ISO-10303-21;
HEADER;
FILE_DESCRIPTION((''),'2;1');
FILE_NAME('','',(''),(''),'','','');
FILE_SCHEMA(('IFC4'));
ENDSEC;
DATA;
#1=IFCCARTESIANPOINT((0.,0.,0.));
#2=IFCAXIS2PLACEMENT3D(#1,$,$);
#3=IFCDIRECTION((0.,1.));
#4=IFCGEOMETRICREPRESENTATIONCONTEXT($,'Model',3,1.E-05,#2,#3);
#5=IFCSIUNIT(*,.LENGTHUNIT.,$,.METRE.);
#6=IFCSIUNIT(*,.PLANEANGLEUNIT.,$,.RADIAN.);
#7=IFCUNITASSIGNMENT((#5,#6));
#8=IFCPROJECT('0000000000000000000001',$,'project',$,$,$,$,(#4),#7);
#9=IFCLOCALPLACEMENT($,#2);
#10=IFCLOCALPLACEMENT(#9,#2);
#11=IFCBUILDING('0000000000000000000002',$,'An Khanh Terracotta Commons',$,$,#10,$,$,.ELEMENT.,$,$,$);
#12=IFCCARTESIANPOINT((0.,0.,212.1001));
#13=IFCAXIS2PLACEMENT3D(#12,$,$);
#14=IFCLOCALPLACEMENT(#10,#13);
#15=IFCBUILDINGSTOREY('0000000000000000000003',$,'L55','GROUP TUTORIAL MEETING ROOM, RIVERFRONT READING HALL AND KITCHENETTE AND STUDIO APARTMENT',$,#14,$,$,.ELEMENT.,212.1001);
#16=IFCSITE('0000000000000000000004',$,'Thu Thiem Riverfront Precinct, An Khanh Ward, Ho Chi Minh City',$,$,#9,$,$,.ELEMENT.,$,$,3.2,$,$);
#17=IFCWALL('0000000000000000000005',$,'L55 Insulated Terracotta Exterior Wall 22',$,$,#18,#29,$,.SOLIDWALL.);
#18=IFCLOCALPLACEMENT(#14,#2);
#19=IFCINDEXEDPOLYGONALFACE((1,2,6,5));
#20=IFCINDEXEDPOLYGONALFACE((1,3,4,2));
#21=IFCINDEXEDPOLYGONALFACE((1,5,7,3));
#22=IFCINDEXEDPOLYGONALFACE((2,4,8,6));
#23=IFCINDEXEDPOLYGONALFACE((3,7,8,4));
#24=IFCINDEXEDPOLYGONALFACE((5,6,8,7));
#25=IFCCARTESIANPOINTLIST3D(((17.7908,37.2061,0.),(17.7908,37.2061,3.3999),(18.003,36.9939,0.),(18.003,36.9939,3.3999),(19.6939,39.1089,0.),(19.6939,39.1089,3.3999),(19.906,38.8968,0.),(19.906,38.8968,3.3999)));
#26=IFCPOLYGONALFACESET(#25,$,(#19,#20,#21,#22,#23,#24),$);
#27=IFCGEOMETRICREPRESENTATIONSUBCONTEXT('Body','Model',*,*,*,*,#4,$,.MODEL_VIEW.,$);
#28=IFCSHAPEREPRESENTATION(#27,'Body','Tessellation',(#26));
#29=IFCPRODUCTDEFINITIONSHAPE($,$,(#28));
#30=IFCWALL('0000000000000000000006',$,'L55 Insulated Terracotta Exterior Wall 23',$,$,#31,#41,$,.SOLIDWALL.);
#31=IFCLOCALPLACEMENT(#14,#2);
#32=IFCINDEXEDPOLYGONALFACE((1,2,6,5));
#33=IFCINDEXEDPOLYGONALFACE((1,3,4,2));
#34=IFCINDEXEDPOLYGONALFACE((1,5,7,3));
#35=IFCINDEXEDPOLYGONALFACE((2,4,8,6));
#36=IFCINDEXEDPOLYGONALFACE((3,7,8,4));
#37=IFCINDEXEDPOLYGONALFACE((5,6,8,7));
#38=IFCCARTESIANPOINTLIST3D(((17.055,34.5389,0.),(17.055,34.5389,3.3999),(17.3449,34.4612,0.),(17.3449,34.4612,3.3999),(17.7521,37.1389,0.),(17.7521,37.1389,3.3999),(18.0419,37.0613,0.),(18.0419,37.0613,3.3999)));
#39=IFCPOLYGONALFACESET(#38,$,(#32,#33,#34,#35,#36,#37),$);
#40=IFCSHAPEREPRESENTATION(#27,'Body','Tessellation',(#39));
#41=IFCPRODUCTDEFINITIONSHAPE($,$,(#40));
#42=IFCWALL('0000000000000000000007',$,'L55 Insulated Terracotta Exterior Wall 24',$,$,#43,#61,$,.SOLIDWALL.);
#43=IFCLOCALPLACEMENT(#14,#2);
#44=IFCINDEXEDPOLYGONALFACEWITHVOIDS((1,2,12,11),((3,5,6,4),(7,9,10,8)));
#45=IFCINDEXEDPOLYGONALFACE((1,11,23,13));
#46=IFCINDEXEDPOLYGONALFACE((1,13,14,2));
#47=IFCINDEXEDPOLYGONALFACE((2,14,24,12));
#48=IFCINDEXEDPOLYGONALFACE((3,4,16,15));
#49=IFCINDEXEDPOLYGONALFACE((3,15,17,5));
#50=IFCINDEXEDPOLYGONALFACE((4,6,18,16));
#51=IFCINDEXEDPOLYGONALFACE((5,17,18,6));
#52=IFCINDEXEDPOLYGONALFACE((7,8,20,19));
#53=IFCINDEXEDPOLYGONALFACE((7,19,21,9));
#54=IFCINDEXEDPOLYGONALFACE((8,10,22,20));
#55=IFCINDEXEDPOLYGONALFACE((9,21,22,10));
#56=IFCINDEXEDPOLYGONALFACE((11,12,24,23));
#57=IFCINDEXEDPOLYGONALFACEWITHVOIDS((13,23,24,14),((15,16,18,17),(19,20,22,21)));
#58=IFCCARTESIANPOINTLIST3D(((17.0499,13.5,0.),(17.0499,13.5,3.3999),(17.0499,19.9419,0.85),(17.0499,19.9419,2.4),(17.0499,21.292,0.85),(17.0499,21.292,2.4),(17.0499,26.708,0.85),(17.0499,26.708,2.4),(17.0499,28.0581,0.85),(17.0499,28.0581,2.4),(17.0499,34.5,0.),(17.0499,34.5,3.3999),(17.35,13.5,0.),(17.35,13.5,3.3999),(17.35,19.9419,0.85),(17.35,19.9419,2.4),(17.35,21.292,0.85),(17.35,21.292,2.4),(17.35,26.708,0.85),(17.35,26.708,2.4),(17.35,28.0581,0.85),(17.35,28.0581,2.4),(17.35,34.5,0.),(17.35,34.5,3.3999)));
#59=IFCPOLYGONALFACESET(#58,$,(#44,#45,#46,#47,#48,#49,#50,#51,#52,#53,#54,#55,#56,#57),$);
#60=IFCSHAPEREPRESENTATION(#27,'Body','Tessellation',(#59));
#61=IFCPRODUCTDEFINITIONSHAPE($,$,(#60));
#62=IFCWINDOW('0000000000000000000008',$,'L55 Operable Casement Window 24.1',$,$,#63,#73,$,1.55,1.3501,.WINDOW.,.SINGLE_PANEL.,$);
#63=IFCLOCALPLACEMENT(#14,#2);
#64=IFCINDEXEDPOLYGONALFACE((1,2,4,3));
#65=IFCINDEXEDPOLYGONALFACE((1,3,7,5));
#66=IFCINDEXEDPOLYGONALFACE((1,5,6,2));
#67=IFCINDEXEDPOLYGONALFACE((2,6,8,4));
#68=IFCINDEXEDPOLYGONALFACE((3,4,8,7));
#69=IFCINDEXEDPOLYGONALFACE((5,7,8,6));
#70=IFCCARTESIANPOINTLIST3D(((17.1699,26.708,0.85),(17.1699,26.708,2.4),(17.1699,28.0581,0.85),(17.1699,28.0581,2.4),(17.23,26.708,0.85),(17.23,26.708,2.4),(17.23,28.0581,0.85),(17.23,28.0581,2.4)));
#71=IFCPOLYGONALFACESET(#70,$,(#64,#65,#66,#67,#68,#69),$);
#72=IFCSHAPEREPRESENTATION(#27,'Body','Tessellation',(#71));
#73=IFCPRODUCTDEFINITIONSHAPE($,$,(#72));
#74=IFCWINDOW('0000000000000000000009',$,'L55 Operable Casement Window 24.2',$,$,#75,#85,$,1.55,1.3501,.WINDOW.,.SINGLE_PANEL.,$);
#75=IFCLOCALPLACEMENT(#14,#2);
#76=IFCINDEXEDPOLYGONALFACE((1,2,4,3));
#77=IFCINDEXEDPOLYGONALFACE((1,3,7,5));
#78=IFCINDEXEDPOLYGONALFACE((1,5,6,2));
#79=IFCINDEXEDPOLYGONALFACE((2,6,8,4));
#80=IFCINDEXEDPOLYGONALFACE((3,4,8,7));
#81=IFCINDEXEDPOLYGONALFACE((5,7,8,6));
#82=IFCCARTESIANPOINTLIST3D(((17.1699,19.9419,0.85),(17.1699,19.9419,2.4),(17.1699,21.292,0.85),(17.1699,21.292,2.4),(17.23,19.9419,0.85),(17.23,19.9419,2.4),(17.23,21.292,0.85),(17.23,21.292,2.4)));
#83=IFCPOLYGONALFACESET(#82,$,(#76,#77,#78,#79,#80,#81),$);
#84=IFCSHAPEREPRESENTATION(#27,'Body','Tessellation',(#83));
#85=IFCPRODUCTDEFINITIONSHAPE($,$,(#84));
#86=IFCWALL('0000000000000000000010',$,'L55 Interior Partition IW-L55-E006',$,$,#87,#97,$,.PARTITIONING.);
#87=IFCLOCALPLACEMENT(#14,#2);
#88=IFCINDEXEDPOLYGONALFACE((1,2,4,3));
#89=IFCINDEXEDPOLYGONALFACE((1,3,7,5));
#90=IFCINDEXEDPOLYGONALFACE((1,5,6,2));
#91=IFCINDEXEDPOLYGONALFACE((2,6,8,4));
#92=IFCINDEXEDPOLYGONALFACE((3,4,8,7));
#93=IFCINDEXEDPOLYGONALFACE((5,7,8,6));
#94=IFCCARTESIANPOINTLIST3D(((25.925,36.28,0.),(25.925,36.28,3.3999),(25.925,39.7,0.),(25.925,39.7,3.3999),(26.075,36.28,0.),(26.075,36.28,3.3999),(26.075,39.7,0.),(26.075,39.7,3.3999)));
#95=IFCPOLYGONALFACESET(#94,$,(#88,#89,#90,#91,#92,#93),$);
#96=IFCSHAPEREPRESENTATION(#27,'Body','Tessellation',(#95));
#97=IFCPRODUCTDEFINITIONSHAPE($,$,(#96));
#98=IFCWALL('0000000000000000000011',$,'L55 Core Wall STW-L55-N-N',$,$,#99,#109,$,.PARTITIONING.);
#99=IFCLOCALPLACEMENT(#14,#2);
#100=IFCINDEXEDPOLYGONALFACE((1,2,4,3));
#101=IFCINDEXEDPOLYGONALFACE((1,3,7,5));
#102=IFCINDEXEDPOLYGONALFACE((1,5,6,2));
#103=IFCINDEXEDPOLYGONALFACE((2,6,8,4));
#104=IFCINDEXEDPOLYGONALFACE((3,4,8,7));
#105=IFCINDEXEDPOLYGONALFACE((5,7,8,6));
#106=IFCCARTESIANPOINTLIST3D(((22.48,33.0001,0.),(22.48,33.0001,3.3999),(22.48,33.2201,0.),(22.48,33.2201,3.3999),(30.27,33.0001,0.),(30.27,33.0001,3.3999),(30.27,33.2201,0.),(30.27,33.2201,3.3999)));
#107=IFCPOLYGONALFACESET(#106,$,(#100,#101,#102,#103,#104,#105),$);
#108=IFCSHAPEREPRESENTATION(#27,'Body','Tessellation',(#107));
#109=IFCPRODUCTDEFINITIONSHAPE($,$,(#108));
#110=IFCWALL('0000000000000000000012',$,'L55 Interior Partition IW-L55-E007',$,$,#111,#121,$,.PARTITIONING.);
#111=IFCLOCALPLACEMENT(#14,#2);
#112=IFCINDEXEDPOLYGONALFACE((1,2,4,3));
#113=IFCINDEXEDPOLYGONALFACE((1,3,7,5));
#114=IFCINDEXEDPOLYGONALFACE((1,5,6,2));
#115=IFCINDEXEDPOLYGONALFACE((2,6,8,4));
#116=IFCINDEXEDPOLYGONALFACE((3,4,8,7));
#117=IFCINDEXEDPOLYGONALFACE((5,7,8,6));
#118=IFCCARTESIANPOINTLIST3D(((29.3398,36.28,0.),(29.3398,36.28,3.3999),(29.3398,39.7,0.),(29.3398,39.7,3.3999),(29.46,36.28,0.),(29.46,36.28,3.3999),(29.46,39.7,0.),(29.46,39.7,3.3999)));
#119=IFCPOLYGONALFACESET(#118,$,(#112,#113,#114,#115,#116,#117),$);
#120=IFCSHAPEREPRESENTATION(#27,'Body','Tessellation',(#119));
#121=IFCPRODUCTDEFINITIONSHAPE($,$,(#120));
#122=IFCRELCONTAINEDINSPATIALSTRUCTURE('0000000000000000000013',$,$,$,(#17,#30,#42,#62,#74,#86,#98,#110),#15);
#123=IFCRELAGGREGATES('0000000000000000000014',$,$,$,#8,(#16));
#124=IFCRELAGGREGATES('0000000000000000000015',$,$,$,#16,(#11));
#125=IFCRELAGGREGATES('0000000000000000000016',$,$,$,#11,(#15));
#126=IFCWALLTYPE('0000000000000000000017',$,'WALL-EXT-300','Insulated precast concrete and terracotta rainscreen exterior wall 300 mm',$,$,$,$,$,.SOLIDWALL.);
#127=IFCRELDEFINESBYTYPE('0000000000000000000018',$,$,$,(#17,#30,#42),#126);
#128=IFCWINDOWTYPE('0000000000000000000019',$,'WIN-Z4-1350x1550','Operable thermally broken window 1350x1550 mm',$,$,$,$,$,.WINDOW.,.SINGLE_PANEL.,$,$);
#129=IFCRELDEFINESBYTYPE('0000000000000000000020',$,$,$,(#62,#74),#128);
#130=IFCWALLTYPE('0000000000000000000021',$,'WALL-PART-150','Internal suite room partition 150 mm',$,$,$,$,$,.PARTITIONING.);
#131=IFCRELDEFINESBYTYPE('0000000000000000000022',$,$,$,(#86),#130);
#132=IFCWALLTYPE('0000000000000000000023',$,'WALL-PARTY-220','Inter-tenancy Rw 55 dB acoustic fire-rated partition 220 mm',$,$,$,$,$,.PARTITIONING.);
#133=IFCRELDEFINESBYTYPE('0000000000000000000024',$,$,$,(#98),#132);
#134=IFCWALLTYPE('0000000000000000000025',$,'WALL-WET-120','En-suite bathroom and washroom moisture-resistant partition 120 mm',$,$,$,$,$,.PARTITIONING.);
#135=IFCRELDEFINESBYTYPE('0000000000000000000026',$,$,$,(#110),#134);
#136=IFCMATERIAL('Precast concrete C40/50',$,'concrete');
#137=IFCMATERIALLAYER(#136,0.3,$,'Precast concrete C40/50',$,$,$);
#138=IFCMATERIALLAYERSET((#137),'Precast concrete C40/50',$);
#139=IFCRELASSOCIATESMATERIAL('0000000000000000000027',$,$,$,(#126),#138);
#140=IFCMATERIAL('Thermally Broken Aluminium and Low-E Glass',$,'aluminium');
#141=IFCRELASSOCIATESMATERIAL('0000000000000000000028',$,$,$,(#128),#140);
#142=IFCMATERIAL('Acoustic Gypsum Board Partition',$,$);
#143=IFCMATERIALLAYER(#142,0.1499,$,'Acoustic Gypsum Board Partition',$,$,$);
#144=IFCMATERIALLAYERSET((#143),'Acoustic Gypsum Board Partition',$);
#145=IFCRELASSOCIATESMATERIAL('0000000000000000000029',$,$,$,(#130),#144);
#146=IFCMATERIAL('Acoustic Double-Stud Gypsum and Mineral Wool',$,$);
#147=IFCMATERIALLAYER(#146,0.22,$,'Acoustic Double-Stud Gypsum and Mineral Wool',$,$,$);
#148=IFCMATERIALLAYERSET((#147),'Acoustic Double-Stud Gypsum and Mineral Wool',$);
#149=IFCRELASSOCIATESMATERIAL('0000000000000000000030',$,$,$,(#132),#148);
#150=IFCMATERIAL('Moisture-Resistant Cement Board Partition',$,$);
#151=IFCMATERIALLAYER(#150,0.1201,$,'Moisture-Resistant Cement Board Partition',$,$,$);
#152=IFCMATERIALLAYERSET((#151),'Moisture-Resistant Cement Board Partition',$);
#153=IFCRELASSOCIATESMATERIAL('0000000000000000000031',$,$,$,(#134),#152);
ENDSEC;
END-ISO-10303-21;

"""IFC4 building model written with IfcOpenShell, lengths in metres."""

from ifc_helpers import new_model, si_unit, direction, frame, frame_2d, origin, place, context, subcontext, project, spatial, rectangle, extrude, material, layer, layer_set, type_object, element, fill, save


model = new_model("IFC4")

# Units and contexts
model_context = context("Model", 3, precision=1e-05, world=origin(), true_north=direction((0.0, 1.0)))
body_context = subcontext(model_context, "Body", "Model", "MODEL_VIEW")
ifc_project = project(units=[si_unit("LENGTHUNIT", "METRE"), si_unit("PLANEANGLEUNIT", "RADIAN")], contexts=[model_context])

# Site, building, storey
site_placement = place(None, origin())
site = spatial("IfcSite", under=ifc_project, at=site_placement, Name="Thu Thiem Riverfront Precinct, An Khanh Ward, Ho Chi Minh City", CompositionType="ELEMENT", RefElevation=3.2)
building_placement = place(site_placement, origin())
building = spatial("IfcBuilding", under=site, at=building_placement, Name="An Khanh Terracotta Commons", CompositionType="ELEMENT")
storey_placement = place(building_placement, frame((0.0, 0.0, 212.1001)))
storey = spatial("IfcBuildingStorey", under=building, at=storey_placement, Name="L55", Description="GROUP TUTORIAL MEETING ROOM, RIVERFRONT READING HALL AND KITCHENETTE AND STUDIO APARTMENT", CompositionType="ELEMENT", Elevation=212.1001)

# Walls
ifc_material_1 = material(Name="Precast concrete C40/50", Category="concrete")
ifc_layer_1 = layer(ifc_material_1, 0.3, Name="Precast concrete C40/50")
ifc_layer_set_1 = layer_set([ifc_layer_1], Name="Precast concrete C40/50")
wall_type_1 = type_object("IfcWallType", Name="WALL-EXT-300", Description="Insulated precast concrete and terracotta rainscreen exterior wall 300 mm", PredefinedType="SOLIDWALL", material=ifc_layer_set_1)
wall_1_placement = place(storey_placement, frame((19.8, 39.0029, 0.0), z_axis=(0.0, 0.0, 1.0), x_axis=(-0.707152, -0.707061, 0.0)))
element("IfcWall", 1, at=wall_1_placement, inside=storey, type_object=wall_type_1, Name="L55 Insulated Terracotta Exterior Wall 22", PredefinedType="SOLIDWALL", context=body_context, shape_type="SweptSolid", body=[
    extrude(rectangle(XDim=2.6912, YDim=0.3, at=frame_2d((1.3457, 0.0))), origin(), (0.0, 0.0, 1.0), 3.3999),
])
wall_2_placement = place(storey_placement, frame((17.897, 37.1001, 0.0), z_axis=(0.0, 0.0, 1.0), x_axis=(-0.258933, -0.965895, 0.0)))
element("IfcWall", 2, at=wall_2_placement, inside=storey, type_object=wall_type_1, Name="L55 Insulated Terracotta Exterior Wall 23", PredefinedType="SOLIDWALL", context=body_context, shape_type="SweptSolid", body=[
    extrude(rectangle(XDim=2.6919, YDim=0.3, at=frame_2d((1.3459, 0.0))), origin(), (0.0, 0.0, 1.0), 3.3999),
])

# Wall, openings, windows
wall_3_placement = place(storey_placement, frame((17.2, 34.5, 0.0), z_axis=(0.0, 0.0, 1.0), x_axis=(0.0, -1.0, 0.0)))
wall_3 = element("IfcWall", 3, at=wall_3_placement, inside=storey, type_object=wall_type_1, Name="L55 Insulated Terracotta Exterior Wall 24", PredefinedType="SOLIDWALL", context=body_context, shape_type="SweptSolid", body=[
    extrude(rectangle(XDim=21.0, YDim=0.3, at=frame_2d((10.5, 0.0))), origin(), (0.0, 0.0, 1.0), 3.3999),
])
opening_1_placement = place(wall_3_placement, frame((6.4419, 0.0, 0.8501)))
opening_1 = element("IfcOpeningElement", 4, at=opening_1_placement, cuts=wall_3, PredefinedType="OPENING", context=body_context, shape_type="SweptSolid", body=[
    extrude(rectangle(XDim=1.3501, YDim=1.55, at=frame_2d((0.675, 0.7749))), frame((0.0, 0.1599, 0.0), z_axis=(0.0, -1.0, 0.0), x_axis=(1.0, 0.0, 0.0)), (0.0, 0.0, 1.0), 0.3201),
])
opening_2_placement = place(wall_3_placement, frame((13.208, 0.0, 0.8501)))
opening_2 = element("IfcOpeningElement", 5, at=opening_2_placement, cuts=wall_3, PredefinedType="OPENING", context=body_context, shape_type="SweptSolid", body=[
    extrude(rectangle(XDim=1.3501, YDim=1.55, at=frame_2d((0.675, 0.7749))), frame((0.0, 0.1599, 0.0), z_axis=(0.0, -1.0, 0.0), x_axis=(1.0, 0.0, 0.0)), (0.0, 0.0, 1.0), 0.3201),
])
ifc_material_2 = material(Name="Thermally Broken Aluminium and Low-E Glass", Category="aluminium")
window_type = type_object("IfcWindowType", Name="WIN-Z4-1350x1550", Description="Operable thermally broken window 1350x1550 mm", PartitioningType="SINGLE_PANEL", PredefinedType="WINDOW", material=ifc_material_2)
window_1_placement = place(opening_1_placement, origin())
window_1 = element("IfcWindow", 6, at=window_1_placement, inside=storey, type_object=window_type, Name="L55 Operable Casement Window 24.1", OverallHeight=1.55, OverallWidth=1.3501, PartitioningType="SINGLE_PANEL", PredefinedType="WINDOW", context=body_context, shape_type="SweptSolid", body=[
    extrude(rectangle(XDim=1.3501, YDim=1.55, at=frame_2d((0.675, 0.7749))), frame((0.0, 0.03, 0.0), z_axis=(0.0, -1.0, 0.0), x_axis=(1.0, 0.0, 0.0)), (0.0, 0.0, 1.0), 0.0601),
])
fill(opening_1, window_1)
window_2_placement = place(opening_2_placement, origin())
window_2 = element("IfcWindow", 7, at=window_2_placement, inside=storey, type_object=window_type, Name="L55 Operable Casement Window 24.2", OverallHeight=1.55, OverallWidth=1.3501, PartitioningType="SINGLE_PANEL", PredefinedType="WINDOW", context=body_context, shape_type="SweptSolid", body=[
    extrude(rectangle(XDim=1.3501, YDim=1.55, at=frame_2d((0.675, 0.7749))), frame((0.0, 0.03, 0.0), z_axis=(0.0, -1.0, 0.0), x_axis=(1.0, 0.0, 0.0)), (0.0, 0.0, 1.0), 0.0601),
])
fill(opening_2, window_2)

# Walls
ifc_material_3 = material(Name="Acoustic Gypsum Board Partition")
ifc_layer_2 = layer(ifc_material_3, 0.1499, Name="Acoustic Gypsum Board Partition")
ifc_layer_set_2 = layer_set([ifc_layer_2], Name="Acoustic Gypsum Board Partition")
wall_type_2 = type_object("IfcWallType", Name="WALL-PART-150", Description="Internal suite room partition 150 mm", PredefinedType="PARTITIONING", material=ifc_layer_set_2)
wall_4_placement = place(storey_placement, frame((26.0, 36.28, 0.0), z_axis=(0.0, 0.0, 1.0), x_axis=(0.0, 1.0, 0.0)))
element("IfcWall", 8, at=wall_4_placement, inside=storey, type_object=wall_type_2, Name="L55 Interior Partition IW-L55-E006", PredefinedType="PARTITIONING", context=body_context, shape_type="SweptSolid", body=[
    extrude(rectangle(XDim=3.4199, YDim=0.1499, at=frame_2d((1.71, 0.0))), origin(), (0.0, 0.0, 1.0), 3.3999),
])
ifc_material_4 = material(Name="Acoustic Double-Stud Gypsum and Mineral Wool")
ifc_layer_3 = layer(ifc_material_4, 0.22, Name="Acoustic Double-Stud Gypsum and Mineral Wool")
ifc_layer_set_3 = layer_set([ifc_layer_3], Name="Acoustic Double-Stud Gypsum and Mineral Wool")
wall_type_3 = type_object("IfcWallType", Name="WALL-PARTY-220", Description="Inter-tenancy Rw 55 dB acoustic fire-rated partition 220 mm", PredefinedType="PARTITIONING", material=ifc_layer_set_3)
wall_5_placement = place(storey_placement, frame((22.48, 33.1101, 0.0), z_axis=(0.0, 0.0, 1.0), x_axis=(1.0, 0.0, 0.0)))
element("IfcWall", 9, at=wall_5_placement, inside=storey, type_object=wall_type_3, Name="L55 Core Wall STW-L55-N-N", PredefinedType="PARTITIONING", context=body_context, shape_type="SweptSolid", body=[
    extrude(rectangle(XDim=7.79, YDim=0.22, at=frame_2d((3.895, 0.0))), origin(), (0.0, 0.0, 1.0), 3.3999),
])
ifc_material_5 = material(Name="Moisture-Resistant Cement Board Partition")
ifc_layer_4 = layer(ifc_material_5, 0.1201, Name="Moisture-Resistant Cement Board Partition")
ifc_layer_set_4 = layer_set([ifc_layer_4], Name="Moisture-Resistant Cement Board Partition")
wall_type_4 = type_object("IfcWallType", Name="WALL-WET-120", Description="En-suite bathroom and washroom moisture-resistant partition 120 mm", PredefinedType="PARTITIONING", material=ifc_layer_set_4)
wall_6_placement = place(storey_placement, frame((29.3999, 36.28, 0.0), z_axis=(0.0, 0.0, 1.0), x_axis=(0.0, 1.0, 0.0)))
element("IfcWall", 10, at=wall_6_placement, inside=storey, type_object=wall_type_4, Name="L55 Interior Partition IW-L55-E007", PredefinedType="PARTITIONING", context=body_context, shape_type="SweptSolid", body=[
    extrude(rectangle(XDim=3.4199, YDim=0.1201, at=frame_2d((1.71, 0.0))), origin(), (0.0, 0.0, 1.0), 3.3999),
])

save(model, "model.ifc")
